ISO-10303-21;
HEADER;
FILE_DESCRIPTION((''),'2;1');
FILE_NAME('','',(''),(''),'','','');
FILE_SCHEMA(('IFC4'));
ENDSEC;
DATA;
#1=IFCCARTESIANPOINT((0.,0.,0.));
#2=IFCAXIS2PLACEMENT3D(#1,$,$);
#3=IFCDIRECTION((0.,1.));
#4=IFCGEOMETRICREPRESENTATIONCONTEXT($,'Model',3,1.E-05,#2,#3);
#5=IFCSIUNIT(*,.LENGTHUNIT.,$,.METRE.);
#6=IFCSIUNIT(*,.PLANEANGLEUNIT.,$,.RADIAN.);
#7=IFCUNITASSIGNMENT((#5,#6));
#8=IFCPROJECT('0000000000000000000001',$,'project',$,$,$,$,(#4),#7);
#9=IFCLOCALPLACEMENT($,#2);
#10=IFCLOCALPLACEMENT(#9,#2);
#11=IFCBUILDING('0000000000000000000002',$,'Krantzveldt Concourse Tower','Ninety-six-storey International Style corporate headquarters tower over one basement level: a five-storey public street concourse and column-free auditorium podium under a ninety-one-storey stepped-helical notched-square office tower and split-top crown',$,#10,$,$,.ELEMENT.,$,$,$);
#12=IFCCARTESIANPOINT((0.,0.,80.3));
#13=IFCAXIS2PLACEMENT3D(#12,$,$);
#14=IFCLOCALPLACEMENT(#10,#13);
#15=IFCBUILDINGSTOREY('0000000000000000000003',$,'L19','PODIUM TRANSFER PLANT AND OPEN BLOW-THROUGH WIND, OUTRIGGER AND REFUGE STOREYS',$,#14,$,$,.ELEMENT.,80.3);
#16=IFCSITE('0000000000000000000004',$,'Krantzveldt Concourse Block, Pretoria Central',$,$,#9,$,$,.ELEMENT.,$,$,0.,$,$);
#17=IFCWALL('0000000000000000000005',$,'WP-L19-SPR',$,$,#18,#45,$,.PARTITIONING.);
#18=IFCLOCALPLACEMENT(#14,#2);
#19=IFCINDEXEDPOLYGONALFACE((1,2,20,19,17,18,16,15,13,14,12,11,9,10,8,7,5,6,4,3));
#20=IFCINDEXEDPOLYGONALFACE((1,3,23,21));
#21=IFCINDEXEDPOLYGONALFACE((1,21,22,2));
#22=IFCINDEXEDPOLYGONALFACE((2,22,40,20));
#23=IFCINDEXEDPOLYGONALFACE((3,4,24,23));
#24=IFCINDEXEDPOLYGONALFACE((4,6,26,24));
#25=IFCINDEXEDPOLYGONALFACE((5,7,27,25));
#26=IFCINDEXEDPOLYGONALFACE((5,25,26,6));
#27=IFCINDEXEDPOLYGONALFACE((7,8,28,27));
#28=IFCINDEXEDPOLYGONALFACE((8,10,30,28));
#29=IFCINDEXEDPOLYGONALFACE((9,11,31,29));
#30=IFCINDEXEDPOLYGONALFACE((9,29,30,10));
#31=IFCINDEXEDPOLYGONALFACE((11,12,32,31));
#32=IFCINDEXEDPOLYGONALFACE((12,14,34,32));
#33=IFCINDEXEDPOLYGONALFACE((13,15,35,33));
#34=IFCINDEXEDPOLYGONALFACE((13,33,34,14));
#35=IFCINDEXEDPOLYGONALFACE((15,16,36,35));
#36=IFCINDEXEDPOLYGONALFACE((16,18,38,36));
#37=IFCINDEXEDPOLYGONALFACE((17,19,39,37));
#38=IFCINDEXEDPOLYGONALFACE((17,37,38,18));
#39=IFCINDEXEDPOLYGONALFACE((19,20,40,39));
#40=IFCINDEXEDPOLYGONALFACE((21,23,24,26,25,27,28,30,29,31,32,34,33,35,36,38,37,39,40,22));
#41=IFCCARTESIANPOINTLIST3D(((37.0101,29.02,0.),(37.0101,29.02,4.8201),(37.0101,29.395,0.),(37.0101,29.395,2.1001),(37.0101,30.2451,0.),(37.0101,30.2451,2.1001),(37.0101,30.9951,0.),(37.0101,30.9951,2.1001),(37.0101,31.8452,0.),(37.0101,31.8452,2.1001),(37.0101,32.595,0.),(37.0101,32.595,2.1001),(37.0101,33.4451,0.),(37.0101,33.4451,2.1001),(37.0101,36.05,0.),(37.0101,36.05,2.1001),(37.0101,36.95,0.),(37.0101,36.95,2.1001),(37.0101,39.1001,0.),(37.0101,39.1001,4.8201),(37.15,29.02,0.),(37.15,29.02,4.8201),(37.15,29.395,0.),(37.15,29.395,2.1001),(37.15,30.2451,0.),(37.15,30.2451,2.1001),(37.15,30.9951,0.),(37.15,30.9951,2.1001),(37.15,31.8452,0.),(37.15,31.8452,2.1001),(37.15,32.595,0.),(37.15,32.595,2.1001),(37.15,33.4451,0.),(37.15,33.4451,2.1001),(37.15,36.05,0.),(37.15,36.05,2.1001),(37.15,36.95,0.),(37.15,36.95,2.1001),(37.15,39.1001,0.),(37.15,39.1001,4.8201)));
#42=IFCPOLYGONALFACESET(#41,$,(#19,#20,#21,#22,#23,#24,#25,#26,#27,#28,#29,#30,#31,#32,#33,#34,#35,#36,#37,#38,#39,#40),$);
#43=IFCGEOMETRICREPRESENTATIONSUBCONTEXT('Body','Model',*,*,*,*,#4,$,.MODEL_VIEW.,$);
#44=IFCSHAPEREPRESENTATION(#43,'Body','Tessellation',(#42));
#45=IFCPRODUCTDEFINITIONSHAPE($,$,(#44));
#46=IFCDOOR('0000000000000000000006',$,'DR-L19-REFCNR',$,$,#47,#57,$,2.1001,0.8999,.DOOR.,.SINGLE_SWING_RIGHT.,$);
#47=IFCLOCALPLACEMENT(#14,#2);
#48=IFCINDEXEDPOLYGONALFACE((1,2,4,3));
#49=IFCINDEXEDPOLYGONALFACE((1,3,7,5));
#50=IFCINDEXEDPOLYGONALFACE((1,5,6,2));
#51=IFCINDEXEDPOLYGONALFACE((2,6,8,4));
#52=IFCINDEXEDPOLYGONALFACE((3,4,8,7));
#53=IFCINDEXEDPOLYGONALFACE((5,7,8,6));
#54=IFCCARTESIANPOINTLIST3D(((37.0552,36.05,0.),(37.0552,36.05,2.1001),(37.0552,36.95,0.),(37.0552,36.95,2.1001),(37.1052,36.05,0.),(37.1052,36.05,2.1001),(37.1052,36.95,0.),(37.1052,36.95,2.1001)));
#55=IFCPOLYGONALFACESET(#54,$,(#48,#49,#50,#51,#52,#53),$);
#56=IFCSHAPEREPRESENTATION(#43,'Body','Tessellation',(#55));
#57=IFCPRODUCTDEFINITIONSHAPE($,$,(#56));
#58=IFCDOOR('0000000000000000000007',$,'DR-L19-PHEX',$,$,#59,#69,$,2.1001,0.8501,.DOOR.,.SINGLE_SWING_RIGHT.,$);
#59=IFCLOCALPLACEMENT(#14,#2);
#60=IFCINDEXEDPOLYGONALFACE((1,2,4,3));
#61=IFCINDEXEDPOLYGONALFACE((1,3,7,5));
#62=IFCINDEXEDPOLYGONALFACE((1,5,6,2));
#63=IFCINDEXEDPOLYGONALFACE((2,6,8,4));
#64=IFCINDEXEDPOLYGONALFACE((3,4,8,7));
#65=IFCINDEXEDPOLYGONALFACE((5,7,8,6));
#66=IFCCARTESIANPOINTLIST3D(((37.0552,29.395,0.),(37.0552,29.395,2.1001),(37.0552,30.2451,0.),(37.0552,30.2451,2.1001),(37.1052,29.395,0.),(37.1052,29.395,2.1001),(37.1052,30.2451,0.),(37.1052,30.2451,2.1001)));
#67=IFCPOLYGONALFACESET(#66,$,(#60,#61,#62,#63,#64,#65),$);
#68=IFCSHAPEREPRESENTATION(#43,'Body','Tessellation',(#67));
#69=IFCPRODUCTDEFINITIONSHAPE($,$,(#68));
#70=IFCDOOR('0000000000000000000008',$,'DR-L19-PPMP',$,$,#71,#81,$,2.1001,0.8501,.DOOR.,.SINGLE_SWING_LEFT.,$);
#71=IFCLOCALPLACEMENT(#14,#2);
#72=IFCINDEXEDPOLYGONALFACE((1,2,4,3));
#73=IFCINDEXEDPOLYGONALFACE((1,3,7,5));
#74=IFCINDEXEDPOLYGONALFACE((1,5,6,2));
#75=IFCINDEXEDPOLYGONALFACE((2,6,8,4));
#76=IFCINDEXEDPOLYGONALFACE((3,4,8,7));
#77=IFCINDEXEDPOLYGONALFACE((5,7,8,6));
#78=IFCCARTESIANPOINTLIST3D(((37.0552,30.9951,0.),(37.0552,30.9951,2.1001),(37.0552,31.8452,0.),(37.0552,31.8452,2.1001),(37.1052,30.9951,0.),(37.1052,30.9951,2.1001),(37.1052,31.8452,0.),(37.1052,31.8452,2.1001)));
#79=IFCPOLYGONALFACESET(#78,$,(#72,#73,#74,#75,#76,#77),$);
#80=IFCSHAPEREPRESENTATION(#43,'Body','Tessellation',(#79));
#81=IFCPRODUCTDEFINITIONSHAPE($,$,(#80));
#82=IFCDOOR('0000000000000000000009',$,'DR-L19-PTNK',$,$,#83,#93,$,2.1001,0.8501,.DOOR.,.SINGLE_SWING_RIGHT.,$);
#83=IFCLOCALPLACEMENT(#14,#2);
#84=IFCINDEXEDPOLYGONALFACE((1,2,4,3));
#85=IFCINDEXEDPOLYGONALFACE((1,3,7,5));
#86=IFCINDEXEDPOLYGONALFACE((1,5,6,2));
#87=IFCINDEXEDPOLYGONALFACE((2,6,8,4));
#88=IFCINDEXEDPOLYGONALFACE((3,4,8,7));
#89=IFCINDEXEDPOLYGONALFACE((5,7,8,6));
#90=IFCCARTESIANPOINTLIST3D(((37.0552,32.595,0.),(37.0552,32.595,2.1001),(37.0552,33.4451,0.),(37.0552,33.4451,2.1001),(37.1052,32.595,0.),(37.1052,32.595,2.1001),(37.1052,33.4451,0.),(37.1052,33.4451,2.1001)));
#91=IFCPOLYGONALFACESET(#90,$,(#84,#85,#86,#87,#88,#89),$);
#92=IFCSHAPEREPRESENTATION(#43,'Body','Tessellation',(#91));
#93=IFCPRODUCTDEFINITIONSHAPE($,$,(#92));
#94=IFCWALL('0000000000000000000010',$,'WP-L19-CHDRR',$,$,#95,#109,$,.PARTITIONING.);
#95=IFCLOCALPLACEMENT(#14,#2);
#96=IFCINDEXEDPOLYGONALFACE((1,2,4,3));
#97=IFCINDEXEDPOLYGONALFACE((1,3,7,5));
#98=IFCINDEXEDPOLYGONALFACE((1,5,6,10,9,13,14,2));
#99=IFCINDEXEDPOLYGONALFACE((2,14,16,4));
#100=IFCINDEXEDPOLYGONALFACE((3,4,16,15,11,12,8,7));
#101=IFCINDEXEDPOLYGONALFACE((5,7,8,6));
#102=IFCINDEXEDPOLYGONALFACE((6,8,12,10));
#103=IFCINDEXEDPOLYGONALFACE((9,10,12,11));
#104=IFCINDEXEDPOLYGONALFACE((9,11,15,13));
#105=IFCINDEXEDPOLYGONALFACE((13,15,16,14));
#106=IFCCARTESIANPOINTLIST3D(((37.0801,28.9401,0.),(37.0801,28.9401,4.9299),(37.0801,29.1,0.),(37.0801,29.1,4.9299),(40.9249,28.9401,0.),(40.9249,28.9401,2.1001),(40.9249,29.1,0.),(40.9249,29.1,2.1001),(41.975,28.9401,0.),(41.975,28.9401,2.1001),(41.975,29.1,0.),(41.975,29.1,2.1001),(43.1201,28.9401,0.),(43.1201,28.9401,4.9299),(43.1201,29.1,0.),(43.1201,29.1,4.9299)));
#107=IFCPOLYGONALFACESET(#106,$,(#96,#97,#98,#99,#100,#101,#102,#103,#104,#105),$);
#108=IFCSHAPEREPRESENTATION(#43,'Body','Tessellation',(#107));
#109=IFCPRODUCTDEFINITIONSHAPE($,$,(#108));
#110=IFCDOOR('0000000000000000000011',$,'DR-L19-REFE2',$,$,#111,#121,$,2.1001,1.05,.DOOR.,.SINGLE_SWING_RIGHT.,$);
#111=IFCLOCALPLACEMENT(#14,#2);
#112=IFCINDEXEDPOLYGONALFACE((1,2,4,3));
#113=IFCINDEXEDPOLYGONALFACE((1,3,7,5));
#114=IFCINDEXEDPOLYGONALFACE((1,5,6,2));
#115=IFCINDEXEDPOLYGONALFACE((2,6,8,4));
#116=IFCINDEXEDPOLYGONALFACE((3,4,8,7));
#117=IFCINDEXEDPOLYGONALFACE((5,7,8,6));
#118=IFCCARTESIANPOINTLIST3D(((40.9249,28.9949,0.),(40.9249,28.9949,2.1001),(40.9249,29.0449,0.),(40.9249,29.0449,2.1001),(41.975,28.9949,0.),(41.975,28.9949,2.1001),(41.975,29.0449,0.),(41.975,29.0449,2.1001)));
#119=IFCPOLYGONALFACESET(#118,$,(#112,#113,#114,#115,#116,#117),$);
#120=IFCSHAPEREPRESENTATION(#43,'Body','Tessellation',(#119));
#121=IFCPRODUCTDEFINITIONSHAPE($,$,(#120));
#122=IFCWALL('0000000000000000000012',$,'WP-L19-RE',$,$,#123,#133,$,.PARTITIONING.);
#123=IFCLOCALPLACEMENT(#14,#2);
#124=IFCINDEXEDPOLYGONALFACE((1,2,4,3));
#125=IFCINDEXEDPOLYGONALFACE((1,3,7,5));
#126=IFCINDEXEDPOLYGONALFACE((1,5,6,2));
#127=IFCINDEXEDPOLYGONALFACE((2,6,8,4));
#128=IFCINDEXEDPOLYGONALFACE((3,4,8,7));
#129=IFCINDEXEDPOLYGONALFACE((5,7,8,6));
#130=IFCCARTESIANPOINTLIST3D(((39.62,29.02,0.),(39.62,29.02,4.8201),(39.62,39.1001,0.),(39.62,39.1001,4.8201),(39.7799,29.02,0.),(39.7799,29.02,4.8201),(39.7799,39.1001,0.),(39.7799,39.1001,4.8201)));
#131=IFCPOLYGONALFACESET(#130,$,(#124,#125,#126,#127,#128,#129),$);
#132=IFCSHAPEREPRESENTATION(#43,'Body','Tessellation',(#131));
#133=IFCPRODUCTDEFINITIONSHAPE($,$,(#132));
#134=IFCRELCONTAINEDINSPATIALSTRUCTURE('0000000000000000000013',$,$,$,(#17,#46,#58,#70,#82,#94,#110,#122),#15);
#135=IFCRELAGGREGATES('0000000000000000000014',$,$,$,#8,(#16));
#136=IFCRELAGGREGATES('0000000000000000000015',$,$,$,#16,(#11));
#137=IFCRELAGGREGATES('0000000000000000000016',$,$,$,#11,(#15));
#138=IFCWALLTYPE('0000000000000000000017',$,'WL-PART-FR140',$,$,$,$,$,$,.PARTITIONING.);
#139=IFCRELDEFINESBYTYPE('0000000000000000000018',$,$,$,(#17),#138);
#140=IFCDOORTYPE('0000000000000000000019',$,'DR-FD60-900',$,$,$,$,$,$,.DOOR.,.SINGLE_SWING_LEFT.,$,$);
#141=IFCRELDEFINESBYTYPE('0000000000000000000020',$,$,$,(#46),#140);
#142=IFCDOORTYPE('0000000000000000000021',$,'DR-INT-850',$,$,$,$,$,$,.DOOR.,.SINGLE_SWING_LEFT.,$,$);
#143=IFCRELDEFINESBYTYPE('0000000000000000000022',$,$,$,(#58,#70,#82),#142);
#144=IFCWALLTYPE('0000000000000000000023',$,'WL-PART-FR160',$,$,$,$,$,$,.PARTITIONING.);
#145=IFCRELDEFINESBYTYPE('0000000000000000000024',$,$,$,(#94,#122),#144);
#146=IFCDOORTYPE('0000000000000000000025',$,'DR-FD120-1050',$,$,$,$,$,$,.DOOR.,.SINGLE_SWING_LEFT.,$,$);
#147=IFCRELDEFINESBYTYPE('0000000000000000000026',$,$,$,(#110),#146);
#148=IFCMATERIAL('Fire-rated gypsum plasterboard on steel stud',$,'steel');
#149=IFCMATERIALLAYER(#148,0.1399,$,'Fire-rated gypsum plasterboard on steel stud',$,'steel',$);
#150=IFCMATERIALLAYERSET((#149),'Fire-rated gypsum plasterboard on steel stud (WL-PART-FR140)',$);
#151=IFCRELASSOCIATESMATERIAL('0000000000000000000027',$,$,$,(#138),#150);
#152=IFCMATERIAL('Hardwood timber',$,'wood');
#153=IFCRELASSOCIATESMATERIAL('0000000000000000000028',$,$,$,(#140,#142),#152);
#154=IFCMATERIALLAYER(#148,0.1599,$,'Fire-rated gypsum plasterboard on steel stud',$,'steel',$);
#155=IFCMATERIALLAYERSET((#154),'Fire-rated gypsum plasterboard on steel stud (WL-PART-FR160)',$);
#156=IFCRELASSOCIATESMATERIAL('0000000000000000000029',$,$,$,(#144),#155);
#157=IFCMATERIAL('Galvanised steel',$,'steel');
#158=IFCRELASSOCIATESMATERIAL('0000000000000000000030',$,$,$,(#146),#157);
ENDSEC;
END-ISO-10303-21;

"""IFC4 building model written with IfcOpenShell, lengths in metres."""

from ifc_helpers import new_model, si_unit, direction, frame, frame_2d, origin, place, context, subcontext, project, spatial, rectangle, extrude, material, layer, layer_set, type_object, element, fill, save


model = new_model("IFC4")

# Units and contexts
model_context = context("Model", 3, precision=1e-05, world=origin(), true_north=direction((0.0, 1.0)))
body_context = subcontext(model_context, "Body", "Model", "MODEL_VIEW")
ifc_project = project(units=[si_unit("LENGTHUNIT", "METRE"), si_unit("PLANEANGLEUNIT", "RADIAN")], contexts=[model_context])

# Site, building, storey
site_placement = place(None, origin())
site = spatial("IfcSite", under=ifc_project, at=site_placement, Name="Krantzveldt Concourse Block, Pretoria Central", CompositionType="ELEMENT", RefElevation=0.0)
building_placement = place(site_placement, origin())
building = spatial("IfcBuilding", under=site, at=building_placement, Name="Krantzveldt Concourse Tower", Description="Ninety-six-storey International Style corporate headquarters tower over one basement level: a five-storey public street concourse and column-free auditorium podium under a ninety-one-storey stepped-helical notched-square office tower and split-top crown", CompositionType="ELEMENT")
storey_placement = place(building_placement, frame((0.0, 0.0, 80.3)))
storey = spatial("IfcBuildingStorey", under=building, at=storey_placement, Name="L19", Description="PODIUM TRANSFER PLANT AND OPEN BLOW-THROUGH WIND, OUTRIGGER AND REFUGE STOREYS", CompositionType="ELEMENT", Elevation=80.3)

# Wall, openings, doors
ifc_material_1 = material(Name="Fire-rated gypsum plasterboard on steel stud", Category="steel")
ifc_layer_1 = layer(ifc_material_1, 0.1399, Name="Fire-rated gypsum plasterboard on steel stud", Category="steel")
ifc_layer_set_1 = layer_set([ifc_layer_1], Name="Fire-rated gypsum plasterboard on steel stud (WL-PART-FR140)")
wall_type_1 = type_object("IfcWallType", Name="WL-PART-FR140", PredefinedType="PARTITIONING", material=ifc_layer_set_1)
ifc_material_2 = material(Name="Hardwood timber", Category="wood")
door_type_1 = type_object("IfcDoorType", Name="DR-FD60-900", OperationType="SINGLE_SWING_LEFT", PredefinedType="DOOR", material=ifc_material_2)
door_type_2 = type_object("IfcDoorType", Name="DR-INT-850", OperationType="SINGLE_SWING_LEFT", PredefinedType="DOOR", material=ifc_material_2)
wall_1_placement = place(storey_placement, frame((37.0801, 29.02, 0.0), z_axis=(0.0, 0.0, 1.0), x_axis=(0.0, 1.0, 0.0)))
wall_1 = element("IfcWall", 1, at=wall_1_placement, inside=storey, type_object=wall_type_1, Name="WP-L19-SPR", PredefinedType="PARTITIONING", context=body_context, shape_type="SweptSolid", body=[
    extrude(rectangle(XDim=10.0801, YDim=0.1399, at=frame_2d((5.04, 0.0))), origin(), (0.0, 0.0, 1.0), 4.8201),
])
opening_1_placement = place(wall_1_placement, frame((7.03, 0.0, 0.0)))
opening_1 = element("IfcOpeningElement", 2, at=opening_1_placement, cuts=wall_1, PredefinedType="OPENING", context=body_context, shape_type="SweptSolid", body=[
    extrude(rectangle(XDim=0.8999, YDim=2.1001, at=frame_2d((0.45, 1.05))), frame((0.0, 0.0801, 0.0), z_axis=(0.0, -1.0, 0.0), x_axis=(1.0, 0.0, 0.0)), (0.0, 0.0, 1.0), 0.1599),
])
opening_2_placement = place(wall_1_placement, frame((0.375, 0.0, 0.0)))
opening_2 = element("IfcOpeningElement", 3, at=opening_2_placement, cuts=wall_1, PredefinedType="OPENING", context=body_context, shape_type="SweptSolid", body=[
    extrude(rectangle(XDim=0.8501, YDim=2.1001, at=frame_2d((0.425, 1.05))), frame((0.0, 0.0801, 0.0), z_axis=(0.0, -1.0, 0.0), x_axis=(1.0, 0.0, 0.0)), (0.0, 0.0, 1.0), 0.1599),
])
opening_3_placement = place(wall_1_placement, frame((1.9751, 0.0, 0.0)))
opening_3 = element("IfcOpeningElement", 4, at=opening_3_placement, cuts=wall_1, PredefinedType="OPENING", context=body_context, shape_type="SweptSolid", body=[
    extrude(rectangle(XDim=0.8501, YDim=2.1001, at=frame_2d((0.425, 1.05))), frame((0.0, 0.0801, 0.0), z_axis=(0.0, -1.0, 0.0), x_axis=(1.0, 0.0, 0.0)), (0.0, 0.0, 1.0), 0.1599),
])
opening_4_placement = place(wall_1_placement, frame((3.575, 0.0, 0.0)))
opening_4 = element("IfcOpeningElement", 5, at=opening_4_placement, cuts=wall_1, PredefinedType="OPENING", context=body_context, shape_type="SweptSolid", body=[
    extrude(rectangle(XDim=0.8501, YDim=2.1001, at=frame_2d((0.425, 1.05))), frame((0.0, 0.0801, 0.0), z_axis=(0.0, -1.0, 0.0), x_axis=(1.0, 0.0, 0.0)), (0.0, 0.0, 1.0), 0.1599),
])
door_1_placement = place(opening_1_placement, origin())
door_1 = element("IfcDoor", 6, at=door_1_placement, inside=storey, type_object=door_type_1, Name="DR-L19-REFCNR", OperationType="SINGLE_SWING_RIGHT", OverallHeight=2.1001, OverallWidth=0.8999, PredefinedType="DOOR", context=body_context, shape_type="SweptSolid", body=[
    extrude(rectangle(XDim=0.8999, YDim=2.1001, at=frame_2d((0.45, 1.05))), frame((0.0, 0.0249, 0.0), z_axis=(0.0, -1.0, 0.0), x_axis=(1.0, 0.0, 0.0)), (0.0, 0.0, 1.0), 0.05),
])
fill(opening_1, door_1)
door_2_placement = place(opening_2_placement, origin())
door_2 = element("IfcDoor", 7, at=door_2_placement, inside=storey, type_object=door_type_2, Name="DR-L19-PHEX", OperationType="SINGLE_SWING_RIGHT", OverallHeight=2.1001, OverallWidth=0.8501, PredefinedType="DOOR", context=body_context, shape_type="SweptSolid", body=[
    extrude(rectangle(XDim=0.8501, YDim=2.1001, at=frame_2d((0.425, 1.05))), frame((0.0, 0.0249, 0.0), z_axis=(0.0, -1.0, 0.0), x_axis=(1.0, 0.0, 0.0)), (0.0, 0.0, 1.0), 0.05),
])
fill(opening_2, door_2)
door_3_placement = place(opening_3_placement, origin())
door_3 = element("IfcDoor", 8, at=door_3_placement, inside=storey, type_object=door_type_2, Name="DR-L19-PPMP", OperationType="SINGLE_SWING_LEFT", OverallHeight=2.1001, OverallWidth=0.8501, PredefinedType="DOOR", context=body_context, shape_type="SweptSolid", body=[
    extrude(rectangle(XDim=0.8501, YDim=2.1001, at=frame_2d((0.425, 1.05))), frame((0.0, 0.0249, 0.0), z_axis=(0.0, -1.0, 0.0), x_axis=(1.0, 0.0, 0.0)), (0.0, 0.0, 1.0), 0.05),
])
fill(opening_3, door_3)
door_4_placement = place(opening_4_placement, origin())
door_4 = element("IfcDoor", 9, at=door_4_placement, inside=storey, type_object=door_type_2, Name="DR-L19-PTNK", OperationType="SINGLE_SWING_RIGHT", OverallHeight=2.1001, OverallWidth=0.8501, PredefinedType="DOOR", context=body_context, shape_type="SweptSolid", body=[
    extrude(rectangle(XDim=0.8501, YDim=2.1001, at=frame_2d((0.425, 1.05))), frame((0.0, 0.0249, 0.0), z_axis=(0.0, -1.0, 0.0), x_axis=(1.0, 0.0, 0.0)), (0.0, 0.0, 1.0), 0.05),
])
fill(opening_4, door_4)

# Wall, opening, door
ifc_layer_2 = layer(ifc_material_1, 0.1599, Name="Fire-rated gypsum plasterboard on steel stud", Category="steel")
ifc_layer_set_2 = layer_set([ifc_layer_2], Name="Fire-rated gypsum plasterboard on steel stud (WL-PART-FR160)")
wall_type_2 = type_object("IfcWallType", Name="WL-PART-FR160", PredefinedType="PARTITIONING", material=ifc_layer_set_2)
wall_2_placement = place(storey_placement, frame((37.0801, 29.02, 0.0), z_axis=(0.0, 0.0, 1.0), x_axis=(1.0, 0.0, 0.0)))
wall_2 = element("IfcWall", 10, at=wall_2_placement, inside=storey, type_object=wall_type_2, Name="WP-L19-CHDRR", PredefinedType="PARTITIONING", context=body_context, shape_type="SweptSolid", body=[
    extrude(rectangle(XDim=6.04, YDim=0.1599, at=frame_2d((3.02, 0.0))), origin(), (0.0, 0.0, 1.0), 4.9299),
])
opening_5_placement = place(wall_2_placement, frame((3.845, 0.0, 0.0)))
opening_5 = element("IfcOpeningElement", 11, at=opening_5_placement, cuts=wall_2, PredefinedType="OPENING", context=body_context, shape_type="SweptSolid", body=[
    extrude(rectangle(XDim=1.05, YDim=2.1001, at=frame_2d((0.5249, 1.05))), frame((0.0, 0.0898, 0.0), z_axis=(0.0, -1.0, 0.0), x_axis=(1.0, 0.0, 0.0)), (0.0, 0.0, 1.0), 0.1799),
])
ifc_material_3 = material(Name="Galvanised steel", Category="steel")
door_type_3 = type_object("IfcDoorType", Name="DR-FD120-1050", OperationType="SINGLE_SWING_LEFT", PredefinedType="DOOR", material=ifc_material_3)
door_5_placement = place(opening_5_placement, origin())
door_5 = element("IfcDoor", 12, at=door_5_placement, inside=storey, type_object=door_type_3, Name="DR-L19-REFE2", OperationType="SINGLE_SWING_RIGHT", OverallHeight=2.1001, OverallWidth=1.05, PredefinedType="DOOR", context=body_context, shape_type="SweptSolid", body=[
    extrude(rectangle(XDim=1.05, YDim=2.1001, at=frame_2d((0.5249, 1.05))), frame((0.0, 0.0249, 0.0), z_axis=(0.0, -1.0, 0.0), x_axis=(1.0, 0.0, 0.0)), (0.0, 0.0, 1.0), 0.05),
])
fill(opening_5, door_5)

# Wall
wall_3_placement = place(storey_placement, frame((39.7, 29.02, 0.0), z_axis=(0.0, 0.0, 1.0), x_axis=(0.0, 1.0, 0.0)))
element("IfcWall", 13, at=wall_3_placement, inside=storey, type_object=wall_type_2, Name="WP-L19-RE", PredefinedType="PARTITIONING", context=body_context, shape_type="SweptSolid", body=[
    extrude(rectangle(XDim=10.0801, YDim=0.1599, at=frame_2d((5.04, 0.0))), origin(), (0.0, 0.0, 1.0), 4.8201),
])

save(model, "model.ifc")
